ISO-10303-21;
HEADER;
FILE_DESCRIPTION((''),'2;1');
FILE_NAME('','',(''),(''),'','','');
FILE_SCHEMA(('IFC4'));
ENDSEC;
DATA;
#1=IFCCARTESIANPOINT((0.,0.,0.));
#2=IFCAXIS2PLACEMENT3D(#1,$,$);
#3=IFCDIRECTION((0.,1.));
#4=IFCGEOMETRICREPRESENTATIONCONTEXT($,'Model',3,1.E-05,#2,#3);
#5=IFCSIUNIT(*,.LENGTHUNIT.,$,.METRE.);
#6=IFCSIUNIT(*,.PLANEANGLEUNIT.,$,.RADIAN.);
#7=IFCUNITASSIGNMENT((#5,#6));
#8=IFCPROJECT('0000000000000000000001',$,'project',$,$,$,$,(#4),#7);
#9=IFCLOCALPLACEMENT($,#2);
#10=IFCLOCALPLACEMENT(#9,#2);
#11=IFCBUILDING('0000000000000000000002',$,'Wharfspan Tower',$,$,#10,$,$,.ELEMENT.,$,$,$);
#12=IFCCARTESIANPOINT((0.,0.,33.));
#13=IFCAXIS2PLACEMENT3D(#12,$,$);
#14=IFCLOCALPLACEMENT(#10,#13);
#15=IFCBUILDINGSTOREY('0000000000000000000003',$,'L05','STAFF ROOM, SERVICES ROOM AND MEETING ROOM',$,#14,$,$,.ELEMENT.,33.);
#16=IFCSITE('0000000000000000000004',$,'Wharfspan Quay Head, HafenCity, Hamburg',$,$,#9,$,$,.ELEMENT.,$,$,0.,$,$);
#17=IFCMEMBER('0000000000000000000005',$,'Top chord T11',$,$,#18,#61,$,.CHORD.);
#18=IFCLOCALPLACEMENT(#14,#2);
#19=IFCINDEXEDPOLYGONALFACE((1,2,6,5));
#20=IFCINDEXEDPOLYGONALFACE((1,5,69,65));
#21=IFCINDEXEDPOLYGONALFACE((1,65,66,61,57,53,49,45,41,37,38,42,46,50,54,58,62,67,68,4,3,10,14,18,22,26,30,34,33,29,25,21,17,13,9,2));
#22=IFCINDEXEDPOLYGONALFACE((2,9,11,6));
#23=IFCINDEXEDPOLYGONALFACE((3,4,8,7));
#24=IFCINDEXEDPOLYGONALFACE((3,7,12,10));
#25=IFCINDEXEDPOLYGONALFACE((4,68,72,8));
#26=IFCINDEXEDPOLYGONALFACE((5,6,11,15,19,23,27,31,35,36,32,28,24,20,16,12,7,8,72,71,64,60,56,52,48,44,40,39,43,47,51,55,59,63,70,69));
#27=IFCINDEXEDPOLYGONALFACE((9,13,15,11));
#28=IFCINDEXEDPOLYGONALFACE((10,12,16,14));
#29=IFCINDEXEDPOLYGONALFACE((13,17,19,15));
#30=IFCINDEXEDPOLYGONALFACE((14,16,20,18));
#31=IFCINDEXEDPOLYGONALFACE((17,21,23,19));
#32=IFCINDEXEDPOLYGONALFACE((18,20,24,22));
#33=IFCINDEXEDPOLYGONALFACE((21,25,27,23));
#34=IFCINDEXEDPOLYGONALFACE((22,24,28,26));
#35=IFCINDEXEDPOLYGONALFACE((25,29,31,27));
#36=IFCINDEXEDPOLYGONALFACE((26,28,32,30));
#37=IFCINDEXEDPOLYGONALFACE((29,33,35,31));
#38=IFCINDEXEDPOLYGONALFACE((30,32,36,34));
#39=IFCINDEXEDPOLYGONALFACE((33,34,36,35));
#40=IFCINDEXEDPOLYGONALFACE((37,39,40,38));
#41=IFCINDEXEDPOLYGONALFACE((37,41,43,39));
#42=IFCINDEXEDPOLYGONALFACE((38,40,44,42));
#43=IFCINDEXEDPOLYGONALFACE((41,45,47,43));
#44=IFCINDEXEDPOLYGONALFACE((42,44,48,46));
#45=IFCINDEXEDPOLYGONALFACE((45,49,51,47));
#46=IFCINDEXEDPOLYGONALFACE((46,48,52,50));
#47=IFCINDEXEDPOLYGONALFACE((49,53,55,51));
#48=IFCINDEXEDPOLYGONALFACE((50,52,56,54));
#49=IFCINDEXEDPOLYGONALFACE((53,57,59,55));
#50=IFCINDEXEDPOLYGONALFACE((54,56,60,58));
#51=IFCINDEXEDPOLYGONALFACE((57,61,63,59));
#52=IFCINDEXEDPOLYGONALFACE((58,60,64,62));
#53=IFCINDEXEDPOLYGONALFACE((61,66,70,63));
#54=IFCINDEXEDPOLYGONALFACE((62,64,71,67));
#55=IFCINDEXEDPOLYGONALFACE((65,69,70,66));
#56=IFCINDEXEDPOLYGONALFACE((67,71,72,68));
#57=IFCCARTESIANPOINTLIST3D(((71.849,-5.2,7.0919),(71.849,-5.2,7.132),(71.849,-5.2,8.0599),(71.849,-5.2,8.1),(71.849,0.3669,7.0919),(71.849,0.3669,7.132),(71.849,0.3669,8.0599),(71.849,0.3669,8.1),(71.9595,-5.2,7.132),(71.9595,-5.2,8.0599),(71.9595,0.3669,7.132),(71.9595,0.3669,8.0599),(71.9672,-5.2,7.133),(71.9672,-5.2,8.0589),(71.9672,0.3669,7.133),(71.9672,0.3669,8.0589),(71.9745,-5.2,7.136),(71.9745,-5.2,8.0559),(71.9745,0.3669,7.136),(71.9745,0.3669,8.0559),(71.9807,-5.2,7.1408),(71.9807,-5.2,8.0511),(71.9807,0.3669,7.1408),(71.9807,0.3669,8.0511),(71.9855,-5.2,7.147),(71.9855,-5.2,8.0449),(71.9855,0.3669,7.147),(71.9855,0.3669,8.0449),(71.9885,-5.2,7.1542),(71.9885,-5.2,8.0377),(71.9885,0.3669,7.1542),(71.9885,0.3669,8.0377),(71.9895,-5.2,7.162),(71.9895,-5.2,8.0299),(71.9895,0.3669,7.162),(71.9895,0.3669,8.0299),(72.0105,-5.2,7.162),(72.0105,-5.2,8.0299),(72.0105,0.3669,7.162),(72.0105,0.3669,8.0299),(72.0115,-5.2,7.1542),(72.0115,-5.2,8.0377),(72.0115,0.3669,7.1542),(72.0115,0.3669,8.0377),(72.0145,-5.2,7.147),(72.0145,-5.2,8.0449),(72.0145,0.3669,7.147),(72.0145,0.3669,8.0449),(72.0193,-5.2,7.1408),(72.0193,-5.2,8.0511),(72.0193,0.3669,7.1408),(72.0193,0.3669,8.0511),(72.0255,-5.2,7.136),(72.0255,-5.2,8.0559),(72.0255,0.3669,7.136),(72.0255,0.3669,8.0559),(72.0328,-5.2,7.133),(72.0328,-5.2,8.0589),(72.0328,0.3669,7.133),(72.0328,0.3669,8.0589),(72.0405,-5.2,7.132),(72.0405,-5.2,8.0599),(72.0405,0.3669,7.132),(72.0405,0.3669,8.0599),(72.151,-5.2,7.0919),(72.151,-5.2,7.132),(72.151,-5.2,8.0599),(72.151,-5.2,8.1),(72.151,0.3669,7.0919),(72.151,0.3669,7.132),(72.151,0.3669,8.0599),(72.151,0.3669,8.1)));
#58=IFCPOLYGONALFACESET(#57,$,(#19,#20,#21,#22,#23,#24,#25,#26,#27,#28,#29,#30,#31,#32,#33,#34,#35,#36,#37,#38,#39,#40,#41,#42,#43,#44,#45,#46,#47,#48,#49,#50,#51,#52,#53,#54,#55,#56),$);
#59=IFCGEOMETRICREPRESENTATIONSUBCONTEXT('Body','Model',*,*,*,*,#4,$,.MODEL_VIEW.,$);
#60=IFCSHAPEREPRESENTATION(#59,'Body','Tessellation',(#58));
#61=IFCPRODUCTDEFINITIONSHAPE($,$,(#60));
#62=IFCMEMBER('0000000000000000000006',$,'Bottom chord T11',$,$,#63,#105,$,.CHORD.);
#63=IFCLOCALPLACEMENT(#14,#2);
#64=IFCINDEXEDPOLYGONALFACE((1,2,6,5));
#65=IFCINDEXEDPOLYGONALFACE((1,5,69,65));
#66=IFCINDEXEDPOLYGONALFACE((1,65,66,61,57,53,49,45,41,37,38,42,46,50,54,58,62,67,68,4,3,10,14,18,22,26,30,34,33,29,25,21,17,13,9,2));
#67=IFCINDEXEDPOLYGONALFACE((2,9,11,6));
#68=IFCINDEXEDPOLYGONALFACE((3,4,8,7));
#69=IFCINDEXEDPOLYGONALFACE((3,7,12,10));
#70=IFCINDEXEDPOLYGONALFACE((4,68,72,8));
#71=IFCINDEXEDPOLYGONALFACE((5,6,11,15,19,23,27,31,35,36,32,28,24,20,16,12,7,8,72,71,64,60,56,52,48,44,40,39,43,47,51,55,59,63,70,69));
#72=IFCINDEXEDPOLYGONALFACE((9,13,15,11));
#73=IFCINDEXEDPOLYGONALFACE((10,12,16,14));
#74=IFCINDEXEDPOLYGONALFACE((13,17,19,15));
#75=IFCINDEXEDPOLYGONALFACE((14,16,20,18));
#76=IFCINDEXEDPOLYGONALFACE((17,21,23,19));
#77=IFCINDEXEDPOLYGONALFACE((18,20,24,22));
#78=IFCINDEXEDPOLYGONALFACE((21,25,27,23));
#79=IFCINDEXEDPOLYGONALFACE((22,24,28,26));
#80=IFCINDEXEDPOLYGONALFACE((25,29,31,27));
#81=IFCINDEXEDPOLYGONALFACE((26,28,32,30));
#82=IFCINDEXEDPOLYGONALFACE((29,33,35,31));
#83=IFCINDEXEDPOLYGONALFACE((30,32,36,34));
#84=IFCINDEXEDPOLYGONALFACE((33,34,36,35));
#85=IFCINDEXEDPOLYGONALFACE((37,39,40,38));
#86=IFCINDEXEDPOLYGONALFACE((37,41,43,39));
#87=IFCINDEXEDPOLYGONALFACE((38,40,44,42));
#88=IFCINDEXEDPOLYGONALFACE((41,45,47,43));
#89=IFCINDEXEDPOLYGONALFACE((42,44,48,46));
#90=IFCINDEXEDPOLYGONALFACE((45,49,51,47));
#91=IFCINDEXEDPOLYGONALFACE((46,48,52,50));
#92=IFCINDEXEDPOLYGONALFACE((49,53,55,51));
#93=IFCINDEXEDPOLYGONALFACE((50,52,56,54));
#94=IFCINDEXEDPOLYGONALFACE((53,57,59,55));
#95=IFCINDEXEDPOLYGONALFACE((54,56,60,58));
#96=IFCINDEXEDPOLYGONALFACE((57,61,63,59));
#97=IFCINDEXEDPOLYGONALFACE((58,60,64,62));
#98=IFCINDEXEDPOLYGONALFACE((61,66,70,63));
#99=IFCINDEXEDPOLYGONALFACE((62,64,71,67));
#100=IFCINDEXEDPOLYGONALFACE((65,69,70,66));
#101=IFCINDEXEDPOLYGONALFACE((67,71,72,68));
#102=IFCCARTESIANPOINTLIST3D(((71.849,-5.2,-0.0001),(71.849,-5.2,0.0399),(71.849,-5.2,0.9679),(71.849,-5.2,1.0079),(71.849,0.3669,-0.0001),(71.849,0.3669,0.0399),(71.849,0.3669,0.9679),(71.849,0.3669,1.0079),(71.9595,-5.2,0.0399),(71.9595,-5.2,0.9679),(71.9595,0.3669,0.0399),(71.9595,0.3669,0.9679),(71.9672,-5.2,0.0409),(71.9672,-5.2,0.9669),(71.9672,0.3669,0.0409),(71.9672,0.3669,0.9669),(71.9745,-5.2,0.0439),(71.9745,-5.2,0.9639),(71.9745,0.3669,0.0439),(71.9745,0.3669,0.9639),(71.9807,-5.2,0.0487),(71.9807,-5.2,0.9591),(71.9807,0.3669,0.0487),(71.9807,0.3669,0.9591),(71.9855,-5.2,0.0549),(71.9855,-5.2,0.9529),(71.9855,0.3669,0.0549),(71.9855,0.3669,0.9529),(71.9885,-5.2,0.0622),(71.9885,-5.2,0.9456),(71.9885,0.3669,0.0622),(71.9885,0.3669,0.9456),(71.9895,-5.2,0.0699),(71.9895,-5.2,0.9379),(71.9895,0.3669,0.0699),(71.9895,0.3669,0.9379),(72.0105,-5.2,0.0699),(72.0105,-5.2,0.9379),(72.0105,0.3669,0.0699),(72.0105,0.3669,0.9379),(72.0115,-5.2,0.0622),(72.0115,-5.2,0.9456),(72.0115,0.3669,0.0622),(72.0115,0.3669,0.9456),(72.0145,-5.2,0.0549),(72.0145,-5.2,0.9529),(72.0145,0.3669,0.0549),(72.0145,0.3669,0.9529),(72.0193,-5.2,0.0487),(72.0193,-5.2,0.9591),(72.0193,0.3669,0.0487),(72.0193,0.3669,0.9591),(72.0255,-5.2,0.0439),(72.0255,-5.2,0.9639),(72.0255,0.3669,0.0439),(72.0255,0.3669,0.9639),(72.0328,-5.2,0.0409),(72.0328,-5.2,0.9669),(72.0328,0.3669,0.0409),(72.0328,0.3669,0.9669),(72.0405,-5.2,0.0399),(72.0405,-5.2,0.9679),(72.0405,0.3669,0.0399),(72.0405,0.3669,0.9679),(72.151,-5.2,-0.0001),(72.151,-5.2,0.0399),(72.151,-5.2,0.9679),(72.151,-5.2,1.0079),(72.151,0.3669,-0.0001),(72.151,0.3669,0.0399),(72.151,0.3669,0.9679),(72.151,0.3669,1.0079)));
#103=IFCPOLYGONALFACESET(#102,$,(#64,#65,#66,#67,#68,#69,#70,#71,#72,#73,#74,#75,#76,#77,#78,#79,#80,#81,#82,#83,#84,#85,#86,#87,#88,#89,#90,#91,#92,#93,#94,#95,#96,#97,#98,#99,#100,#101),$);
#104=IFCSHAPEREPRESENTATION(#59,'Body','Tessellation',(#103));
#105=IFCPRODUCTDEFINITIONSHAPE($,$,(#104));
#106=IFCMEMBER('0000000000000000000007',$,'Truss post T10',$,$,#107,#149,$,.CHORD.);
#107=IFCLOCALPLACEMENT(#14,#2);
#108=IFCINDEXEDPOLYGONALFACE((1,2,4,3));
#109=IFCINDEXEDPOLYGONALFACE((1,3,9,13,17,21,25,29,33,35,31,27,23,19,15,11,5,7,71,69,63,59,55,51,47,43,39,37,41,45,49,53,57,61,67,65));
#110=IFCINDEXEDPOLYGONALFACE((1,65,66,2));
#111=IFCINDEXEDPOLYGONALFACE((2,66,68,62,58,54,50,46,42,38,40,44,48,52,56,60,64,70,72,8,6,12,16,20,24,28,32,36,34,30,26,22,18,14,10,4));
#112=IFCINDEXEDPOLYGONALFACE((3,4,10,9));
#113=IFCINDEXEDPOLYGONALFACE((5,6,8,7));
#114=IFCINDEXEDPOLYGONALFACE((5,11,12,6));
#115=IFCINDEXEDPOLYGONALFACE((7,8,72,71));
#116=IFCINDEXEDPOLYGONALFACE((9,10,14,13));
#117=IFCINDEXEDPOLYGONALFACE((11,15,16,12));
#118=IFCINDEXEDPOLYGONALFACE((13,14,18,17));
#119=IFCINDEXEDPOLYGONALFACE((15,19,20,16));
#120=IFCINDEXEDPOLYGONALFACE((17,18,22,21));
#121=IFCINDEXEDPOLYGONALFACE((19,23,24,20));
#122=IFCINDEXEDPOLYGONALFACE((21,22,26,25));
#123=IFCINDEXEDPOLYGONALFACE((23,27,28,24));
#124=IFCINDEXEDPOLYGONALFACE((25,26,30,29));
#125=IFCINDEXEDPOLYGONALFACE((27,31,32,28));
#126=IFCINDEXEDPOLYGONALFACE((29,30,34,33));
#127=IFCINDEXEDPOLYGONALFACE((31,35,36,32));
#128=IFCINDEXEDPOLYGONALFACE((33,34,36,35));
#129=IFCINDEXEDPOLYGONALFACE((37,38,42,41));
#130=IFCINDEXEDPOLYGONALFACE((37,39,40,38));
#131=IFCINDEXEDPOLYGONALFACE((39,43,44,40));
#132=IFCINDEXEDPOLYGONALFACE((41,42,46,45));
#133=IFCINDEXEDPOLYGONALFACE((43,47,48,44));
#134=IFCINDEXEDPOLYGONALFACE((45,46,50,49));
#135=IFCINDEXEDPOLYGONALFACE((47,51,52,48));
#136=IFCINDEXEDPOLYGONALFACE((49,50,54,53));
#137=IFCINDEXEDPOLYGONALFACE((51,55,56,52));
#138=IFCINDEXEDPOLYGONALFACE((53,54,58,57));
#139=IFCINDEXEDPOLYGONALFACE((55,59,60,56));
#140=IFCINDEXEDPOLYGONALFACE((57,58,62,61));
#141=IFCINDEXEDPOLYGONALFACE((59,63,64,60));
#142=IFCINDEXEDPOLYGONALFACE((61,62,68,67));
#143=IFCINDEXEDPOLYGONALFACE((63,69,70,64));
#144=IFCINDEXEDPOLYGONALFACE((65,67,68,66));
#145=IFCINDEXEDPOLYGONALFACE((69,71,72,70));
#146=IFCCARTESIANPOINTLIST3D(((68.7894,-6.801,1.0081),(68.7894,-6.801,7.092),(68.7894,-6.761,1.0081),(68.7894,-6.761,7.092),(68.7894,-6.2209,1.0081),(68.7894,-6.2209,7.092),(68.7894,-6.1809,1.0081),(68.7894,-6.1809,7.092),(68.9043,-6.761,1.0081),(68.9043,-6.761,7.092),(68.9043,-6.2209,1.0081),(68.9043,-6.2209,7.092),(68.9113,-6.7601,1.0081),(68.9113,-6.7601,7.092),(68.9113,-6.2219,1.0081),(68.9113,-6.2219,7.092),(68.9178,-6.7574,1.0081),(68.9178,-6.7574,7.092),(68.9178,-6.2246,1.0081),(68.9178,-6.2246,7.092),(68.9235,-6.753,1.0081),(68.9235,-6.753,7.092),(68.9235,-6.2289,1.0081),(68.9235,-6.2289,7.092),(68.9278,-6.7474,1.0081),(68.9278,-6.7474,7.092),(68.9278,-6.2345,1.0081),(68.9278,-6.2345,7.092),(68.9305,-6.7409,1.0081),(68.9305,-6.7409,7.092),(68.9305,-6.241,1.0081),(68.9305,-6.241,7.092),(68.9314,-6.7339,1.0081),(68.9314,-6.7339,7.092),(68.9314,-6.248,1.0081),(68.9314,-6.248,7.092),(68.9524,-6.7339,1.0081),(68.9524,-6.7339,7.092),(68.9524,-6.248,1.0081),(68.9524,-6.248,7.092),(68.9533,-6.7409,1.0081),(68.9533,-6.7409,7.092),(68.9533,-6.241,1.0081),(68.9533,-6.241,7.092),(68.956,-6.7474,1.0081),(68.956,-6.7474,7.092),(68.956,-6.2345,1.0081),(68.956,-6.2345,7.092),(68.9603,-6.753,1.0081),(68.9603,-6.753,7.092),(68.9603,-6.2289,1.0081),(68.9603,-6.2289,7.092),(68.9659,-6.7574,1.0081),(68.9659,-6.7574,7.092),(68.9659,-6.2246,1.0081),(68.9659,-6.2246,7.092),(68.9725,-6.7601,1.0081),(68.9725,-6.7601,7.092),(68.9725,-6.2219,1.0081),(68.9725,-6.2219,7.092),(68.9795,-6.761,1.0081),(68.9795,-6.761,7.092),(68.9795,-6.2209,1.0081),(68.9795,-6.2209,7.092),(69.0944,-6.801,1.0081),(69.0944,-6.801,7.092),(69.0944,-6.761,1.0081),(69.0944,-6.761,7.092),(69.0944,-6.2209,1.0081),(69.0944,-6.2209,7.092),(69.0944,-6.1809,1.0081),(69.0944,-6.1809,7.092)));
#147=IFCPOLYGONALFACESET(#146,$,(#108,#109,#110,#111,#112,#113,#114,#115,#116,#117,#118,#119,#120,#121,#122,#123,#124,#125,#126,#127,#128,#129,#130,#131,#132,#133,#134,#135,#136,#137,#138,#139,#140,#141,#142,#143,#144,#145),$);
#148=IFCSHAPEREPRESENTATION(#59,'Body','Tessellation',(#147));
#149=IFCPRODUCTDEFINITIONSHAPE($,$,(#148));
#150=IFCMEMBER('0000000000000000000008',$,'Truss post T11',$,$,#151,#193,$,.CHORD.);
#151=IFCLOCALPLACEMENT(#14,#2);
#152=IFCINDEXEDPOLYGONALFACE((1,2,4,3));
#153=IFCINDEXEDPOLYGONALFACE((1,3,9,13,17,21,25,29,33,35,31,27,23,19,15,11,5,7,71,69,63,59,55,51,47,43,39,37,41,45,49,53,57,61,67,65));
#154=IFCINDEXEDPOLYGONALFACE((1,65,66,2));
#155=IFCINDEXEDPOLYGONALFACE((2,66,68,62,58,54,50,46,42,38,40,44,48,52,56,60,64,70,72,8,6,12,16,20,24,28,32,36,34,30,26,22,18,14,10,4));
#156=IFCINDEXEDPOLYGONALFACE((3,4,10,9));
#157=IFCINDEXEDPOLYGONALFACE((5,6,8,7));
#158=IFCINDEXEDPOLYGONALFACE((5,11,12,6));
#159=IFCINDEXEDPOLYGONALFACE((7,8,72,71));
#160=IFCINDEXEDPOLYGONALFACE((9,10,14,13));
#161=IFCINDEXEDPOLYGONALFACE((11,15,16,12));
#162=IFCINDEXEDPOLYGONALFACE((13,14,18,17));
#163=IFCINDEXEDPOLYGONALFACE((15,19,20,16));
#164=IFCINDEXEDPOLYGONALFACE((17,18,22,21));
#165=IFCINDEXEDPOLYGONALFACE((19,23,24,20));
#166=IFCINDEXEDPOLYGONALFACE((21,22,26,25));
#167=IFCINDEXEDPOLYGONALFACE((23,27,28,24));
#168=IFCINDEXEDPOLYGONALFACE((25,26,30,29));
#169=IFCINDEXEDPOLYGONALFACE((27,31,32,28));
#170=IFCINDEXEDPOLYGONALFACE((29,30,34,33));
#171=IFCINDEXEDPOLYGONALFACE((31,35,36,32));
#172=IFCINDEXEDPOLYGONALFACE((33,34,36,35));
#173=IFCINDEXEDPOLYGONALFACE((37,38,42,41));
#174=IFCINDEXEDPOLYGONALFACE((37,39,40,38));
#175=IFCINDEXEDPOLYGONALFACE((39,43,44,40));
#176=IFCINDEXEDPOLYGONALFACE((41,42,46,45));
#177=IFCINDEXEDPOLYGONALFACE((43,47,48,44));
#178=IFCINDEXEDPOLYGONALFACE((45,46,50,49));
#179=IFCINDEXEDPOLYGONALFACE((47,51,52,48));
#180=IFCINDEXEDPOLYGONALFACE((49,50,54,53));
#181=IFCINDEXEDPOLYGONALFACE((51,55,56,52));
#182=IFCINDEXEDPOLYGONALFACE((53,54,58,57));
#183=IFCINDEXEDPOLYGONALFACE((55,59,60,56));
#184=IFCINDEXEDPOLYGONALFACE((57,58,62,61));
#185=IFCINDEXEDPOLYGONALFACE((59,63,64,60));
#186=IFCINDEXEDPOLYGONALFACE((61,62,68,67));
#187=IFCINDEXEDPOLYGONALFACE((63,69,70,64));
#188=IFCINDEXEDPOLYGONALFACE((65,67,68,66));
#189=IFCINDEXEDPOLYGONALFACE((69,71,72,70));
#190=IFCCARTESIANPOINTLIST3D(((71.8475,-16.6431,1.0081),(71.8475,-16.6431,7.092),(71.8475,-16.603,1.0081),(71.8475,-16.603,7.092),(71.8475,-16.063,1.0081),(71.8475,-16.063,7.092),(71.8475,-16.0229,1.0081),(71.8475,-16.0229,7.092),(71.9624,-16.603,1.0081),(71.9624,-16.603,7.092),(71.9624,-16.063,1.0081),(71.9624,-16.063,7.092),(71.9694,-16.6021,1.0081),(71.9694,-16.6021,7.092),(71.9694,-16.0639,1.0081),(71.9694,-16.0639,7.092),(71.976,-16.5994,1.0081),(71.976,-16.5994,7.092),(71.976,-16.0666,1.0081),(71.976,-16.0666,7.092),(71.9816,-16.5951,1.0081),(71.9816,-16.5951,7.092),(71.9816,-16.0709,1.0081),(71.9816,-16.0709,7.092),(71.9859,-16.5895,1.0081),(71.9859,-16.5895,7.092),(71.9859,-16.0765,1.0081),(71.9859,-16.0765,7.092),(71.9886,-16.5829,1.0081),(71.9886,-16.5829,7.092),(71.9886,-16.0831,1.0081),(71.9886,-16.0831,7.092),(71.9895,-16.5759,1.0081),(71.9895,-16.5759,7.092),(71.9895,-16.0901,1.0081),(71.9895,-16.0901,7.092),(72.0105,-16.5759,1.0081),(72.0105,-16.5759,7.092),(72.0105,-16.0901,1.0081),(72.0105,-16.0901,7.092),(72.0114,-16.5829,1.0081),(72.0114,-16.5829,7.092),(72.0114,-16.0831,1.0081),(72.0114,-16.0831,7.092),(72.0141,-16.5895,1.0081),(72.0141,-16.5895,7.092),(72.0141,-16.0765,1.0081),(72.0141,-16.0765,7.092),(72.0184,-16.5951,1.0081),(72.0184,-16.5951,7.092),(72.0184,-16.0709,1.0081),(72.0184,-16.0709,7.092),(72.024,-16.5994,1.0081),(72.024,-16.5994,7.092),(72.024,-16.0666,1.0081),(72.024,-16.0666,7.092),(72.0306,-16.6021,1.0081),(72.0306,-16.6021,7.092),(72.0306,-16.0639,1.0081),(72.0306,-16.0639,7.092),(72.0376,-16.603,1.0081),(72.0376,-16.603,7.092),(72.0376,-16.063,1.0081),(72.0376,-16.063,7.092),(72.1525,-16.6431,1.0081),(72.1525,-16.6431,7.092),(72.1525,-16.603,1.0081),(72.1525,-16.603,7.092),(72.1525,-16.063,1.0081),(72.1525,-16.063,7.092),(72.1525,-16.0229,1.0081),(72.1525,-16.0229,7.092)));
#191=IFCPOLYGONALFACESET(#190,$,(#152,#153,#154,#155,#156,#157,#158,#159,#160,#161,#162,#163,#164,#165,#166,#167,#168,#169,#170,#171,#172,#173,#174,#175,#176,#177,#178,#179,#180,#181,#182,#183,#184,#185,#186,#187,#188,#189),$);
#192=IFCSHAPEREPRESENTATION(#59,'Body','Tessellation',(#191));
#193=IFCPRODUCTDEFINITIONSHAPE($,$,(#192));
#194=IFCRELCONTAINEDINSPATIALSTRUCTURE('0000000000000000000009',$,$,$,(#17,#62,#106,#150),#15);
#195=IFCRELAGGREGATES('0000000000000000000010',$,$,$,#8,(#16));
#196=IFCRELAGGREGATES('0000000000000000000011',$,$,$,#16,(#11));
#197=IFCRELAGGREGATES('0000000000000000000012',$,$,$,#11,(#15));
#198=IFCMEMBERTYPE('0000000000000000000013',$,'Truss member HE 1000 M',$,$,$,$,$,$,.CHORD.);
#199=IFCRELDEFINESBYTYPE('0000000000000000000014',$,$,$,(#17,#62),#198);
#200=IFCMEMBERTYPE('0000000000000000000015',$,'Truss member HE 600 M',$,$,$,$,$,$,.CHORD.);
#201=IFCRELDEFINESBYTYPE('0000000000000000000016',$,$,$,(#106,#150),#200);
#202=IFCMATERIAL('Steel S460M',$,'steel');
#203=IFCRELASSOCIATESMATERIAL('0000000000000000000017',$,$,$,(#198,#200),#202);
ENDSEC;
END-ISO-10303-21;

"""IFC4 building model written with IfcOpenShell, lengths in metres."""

from ifc_helpers import new_model, si_unit, direction, frame, origin, origin_2d, place, context, subcontext, project, spatial, i_section, extrude, material, material_profile, profile_set, type_object, element, save


model = new_model("IFC4")

# Units and contexts
model_context = context("Model", 3, precision=1e-05, world=origin(), true_north=direction((0.0, 1.0)))
body_context = subcontext(model_context, "Body", "Model", "MODEL_VIEW")
ifc_project = project(units=[si_unit("LENGTHUNIT", "METRE"), si_unit("PLANEANGLEUNIT", "RADIAN")], contexts=[model_context])

# Site, building, storey
site_placement = place(None, origin())
site = spatial("IfcSite", under=ifc_project, at=site_placement, Name="Wharfspan Quay Head, HafenCity, Hamburg", CompositionType="ELEMENT", RefElevation=0.0)
building_placement = place(site_placement, origin())
building = spatial("IfcBuilding", under=site, at=building_placement, Name="Wharfspan Tower", CompositionType="ELEMENT")
storey_placement = place(building_placement, frame((0.0, 0.0, 33.0)))
storey = spatial("IfcBuildingStorey", under=building, at=storey_placement, Name="L05", Description="STAFF ROOM, SERVICES ROOM AND MEETING ROOM", CompositionType="ELEMENT", Elevation=33.0)

# Members
ifc_material_1 = material(Name="Steel S460M", Category="steel")
ifc_material_profile_1 = material_profile(ifc_material_1, i_section(OverallWidth=0.302, OverallDepth=1.0081, WebThickness=0.021, FlangeThickness=0.04, FilletRadius=0.03, at=origin_2d()))
ifc_profile_set_1 = profile_set([ifc_material_profile_1], Name="Steel S460M")
member_type_1 = type_object("IfcMemberType", Name="Truss member HE 1000 M", PredefinedType="CHORD", material=ifc_profile_set_1)
for number, where, z_axis, x_axis, name in (
    (1, (72.0, -5.2, 7.5959), (0.0, 1.0, 0.0), (-1.0, 0.0, 0.0), "Top chord T11"),
    (2, (72.0, -5.2, 0.5039), (0.0, 1.0, 0.0), (-1.0, 0.0, 0.0), "Bottom chord T11"),
):
    element("IfcMember", number, at=place(storey_placement, frame(where, z_axis=z_axis, x_axis=x_axis)), inside=storey, type_object=member_type_1, Name=name, PredefinedType="CHORD", context=body_context, shape_type="SweptSolid", body=[
        extrude(i_section(OverallWidth=0.302, OverallDepth=1.0081, WebThickness=0.021, FlangeThickness=0.04, FilletRadius=0.03, at=origin_2d()), origin(), (0.0, 0.0, 1.0), 5.5669),
    ])
ifc_material_profile_2 = material_profile(ifc_material_1, i_section(OverallWidth=0.3049, OverallDepth=0.6201, WebThickness=0.021, FlangeThickness=0.04, FilletRadius=0.0271, at=origin_2d()))
ifc_profile_set_2 = profile_set([ifc_material_profile_2], Name="Steel S460M")
member_type_2 = type_object("IfcMemberType", Name="Truss member HE 600 M", PredefinedType="CHORD", material=ifc_profile_set_2)
for number, where, z_axis, x_axis, name in (
    (3, (68.9419, -6.491, 1.0081), (0.0, 0.0, 1.0), (1.0, 0.0, 0.0), "Truss post T10"),
    (4, (72.0, -16.333, 1.0081), (0.0, 0.0, 1.0), (1.0, 0.0, 0.0), "Truss post T11"),
):
    element("IfcMember", number, at=place(storey_placement, frame(where, z_axis=z_axis, x_axis=x_axis)), inside=storey, type_object=member_type_2, Name=name, PredefinedType="CHORD", context=body_context, shape_type="SweptSolid", body=[
        extrude(i_section(OverallWidth=0.3049, OverallDepth=0.6201, WebThickness=0.021, FlangeThickness=0.04, FilletRadius=0.0271, at=origin_2d()), origin(), (0.0, 0.0, 1.0), 6.084),
    ])

save(model, "model.ifc")
